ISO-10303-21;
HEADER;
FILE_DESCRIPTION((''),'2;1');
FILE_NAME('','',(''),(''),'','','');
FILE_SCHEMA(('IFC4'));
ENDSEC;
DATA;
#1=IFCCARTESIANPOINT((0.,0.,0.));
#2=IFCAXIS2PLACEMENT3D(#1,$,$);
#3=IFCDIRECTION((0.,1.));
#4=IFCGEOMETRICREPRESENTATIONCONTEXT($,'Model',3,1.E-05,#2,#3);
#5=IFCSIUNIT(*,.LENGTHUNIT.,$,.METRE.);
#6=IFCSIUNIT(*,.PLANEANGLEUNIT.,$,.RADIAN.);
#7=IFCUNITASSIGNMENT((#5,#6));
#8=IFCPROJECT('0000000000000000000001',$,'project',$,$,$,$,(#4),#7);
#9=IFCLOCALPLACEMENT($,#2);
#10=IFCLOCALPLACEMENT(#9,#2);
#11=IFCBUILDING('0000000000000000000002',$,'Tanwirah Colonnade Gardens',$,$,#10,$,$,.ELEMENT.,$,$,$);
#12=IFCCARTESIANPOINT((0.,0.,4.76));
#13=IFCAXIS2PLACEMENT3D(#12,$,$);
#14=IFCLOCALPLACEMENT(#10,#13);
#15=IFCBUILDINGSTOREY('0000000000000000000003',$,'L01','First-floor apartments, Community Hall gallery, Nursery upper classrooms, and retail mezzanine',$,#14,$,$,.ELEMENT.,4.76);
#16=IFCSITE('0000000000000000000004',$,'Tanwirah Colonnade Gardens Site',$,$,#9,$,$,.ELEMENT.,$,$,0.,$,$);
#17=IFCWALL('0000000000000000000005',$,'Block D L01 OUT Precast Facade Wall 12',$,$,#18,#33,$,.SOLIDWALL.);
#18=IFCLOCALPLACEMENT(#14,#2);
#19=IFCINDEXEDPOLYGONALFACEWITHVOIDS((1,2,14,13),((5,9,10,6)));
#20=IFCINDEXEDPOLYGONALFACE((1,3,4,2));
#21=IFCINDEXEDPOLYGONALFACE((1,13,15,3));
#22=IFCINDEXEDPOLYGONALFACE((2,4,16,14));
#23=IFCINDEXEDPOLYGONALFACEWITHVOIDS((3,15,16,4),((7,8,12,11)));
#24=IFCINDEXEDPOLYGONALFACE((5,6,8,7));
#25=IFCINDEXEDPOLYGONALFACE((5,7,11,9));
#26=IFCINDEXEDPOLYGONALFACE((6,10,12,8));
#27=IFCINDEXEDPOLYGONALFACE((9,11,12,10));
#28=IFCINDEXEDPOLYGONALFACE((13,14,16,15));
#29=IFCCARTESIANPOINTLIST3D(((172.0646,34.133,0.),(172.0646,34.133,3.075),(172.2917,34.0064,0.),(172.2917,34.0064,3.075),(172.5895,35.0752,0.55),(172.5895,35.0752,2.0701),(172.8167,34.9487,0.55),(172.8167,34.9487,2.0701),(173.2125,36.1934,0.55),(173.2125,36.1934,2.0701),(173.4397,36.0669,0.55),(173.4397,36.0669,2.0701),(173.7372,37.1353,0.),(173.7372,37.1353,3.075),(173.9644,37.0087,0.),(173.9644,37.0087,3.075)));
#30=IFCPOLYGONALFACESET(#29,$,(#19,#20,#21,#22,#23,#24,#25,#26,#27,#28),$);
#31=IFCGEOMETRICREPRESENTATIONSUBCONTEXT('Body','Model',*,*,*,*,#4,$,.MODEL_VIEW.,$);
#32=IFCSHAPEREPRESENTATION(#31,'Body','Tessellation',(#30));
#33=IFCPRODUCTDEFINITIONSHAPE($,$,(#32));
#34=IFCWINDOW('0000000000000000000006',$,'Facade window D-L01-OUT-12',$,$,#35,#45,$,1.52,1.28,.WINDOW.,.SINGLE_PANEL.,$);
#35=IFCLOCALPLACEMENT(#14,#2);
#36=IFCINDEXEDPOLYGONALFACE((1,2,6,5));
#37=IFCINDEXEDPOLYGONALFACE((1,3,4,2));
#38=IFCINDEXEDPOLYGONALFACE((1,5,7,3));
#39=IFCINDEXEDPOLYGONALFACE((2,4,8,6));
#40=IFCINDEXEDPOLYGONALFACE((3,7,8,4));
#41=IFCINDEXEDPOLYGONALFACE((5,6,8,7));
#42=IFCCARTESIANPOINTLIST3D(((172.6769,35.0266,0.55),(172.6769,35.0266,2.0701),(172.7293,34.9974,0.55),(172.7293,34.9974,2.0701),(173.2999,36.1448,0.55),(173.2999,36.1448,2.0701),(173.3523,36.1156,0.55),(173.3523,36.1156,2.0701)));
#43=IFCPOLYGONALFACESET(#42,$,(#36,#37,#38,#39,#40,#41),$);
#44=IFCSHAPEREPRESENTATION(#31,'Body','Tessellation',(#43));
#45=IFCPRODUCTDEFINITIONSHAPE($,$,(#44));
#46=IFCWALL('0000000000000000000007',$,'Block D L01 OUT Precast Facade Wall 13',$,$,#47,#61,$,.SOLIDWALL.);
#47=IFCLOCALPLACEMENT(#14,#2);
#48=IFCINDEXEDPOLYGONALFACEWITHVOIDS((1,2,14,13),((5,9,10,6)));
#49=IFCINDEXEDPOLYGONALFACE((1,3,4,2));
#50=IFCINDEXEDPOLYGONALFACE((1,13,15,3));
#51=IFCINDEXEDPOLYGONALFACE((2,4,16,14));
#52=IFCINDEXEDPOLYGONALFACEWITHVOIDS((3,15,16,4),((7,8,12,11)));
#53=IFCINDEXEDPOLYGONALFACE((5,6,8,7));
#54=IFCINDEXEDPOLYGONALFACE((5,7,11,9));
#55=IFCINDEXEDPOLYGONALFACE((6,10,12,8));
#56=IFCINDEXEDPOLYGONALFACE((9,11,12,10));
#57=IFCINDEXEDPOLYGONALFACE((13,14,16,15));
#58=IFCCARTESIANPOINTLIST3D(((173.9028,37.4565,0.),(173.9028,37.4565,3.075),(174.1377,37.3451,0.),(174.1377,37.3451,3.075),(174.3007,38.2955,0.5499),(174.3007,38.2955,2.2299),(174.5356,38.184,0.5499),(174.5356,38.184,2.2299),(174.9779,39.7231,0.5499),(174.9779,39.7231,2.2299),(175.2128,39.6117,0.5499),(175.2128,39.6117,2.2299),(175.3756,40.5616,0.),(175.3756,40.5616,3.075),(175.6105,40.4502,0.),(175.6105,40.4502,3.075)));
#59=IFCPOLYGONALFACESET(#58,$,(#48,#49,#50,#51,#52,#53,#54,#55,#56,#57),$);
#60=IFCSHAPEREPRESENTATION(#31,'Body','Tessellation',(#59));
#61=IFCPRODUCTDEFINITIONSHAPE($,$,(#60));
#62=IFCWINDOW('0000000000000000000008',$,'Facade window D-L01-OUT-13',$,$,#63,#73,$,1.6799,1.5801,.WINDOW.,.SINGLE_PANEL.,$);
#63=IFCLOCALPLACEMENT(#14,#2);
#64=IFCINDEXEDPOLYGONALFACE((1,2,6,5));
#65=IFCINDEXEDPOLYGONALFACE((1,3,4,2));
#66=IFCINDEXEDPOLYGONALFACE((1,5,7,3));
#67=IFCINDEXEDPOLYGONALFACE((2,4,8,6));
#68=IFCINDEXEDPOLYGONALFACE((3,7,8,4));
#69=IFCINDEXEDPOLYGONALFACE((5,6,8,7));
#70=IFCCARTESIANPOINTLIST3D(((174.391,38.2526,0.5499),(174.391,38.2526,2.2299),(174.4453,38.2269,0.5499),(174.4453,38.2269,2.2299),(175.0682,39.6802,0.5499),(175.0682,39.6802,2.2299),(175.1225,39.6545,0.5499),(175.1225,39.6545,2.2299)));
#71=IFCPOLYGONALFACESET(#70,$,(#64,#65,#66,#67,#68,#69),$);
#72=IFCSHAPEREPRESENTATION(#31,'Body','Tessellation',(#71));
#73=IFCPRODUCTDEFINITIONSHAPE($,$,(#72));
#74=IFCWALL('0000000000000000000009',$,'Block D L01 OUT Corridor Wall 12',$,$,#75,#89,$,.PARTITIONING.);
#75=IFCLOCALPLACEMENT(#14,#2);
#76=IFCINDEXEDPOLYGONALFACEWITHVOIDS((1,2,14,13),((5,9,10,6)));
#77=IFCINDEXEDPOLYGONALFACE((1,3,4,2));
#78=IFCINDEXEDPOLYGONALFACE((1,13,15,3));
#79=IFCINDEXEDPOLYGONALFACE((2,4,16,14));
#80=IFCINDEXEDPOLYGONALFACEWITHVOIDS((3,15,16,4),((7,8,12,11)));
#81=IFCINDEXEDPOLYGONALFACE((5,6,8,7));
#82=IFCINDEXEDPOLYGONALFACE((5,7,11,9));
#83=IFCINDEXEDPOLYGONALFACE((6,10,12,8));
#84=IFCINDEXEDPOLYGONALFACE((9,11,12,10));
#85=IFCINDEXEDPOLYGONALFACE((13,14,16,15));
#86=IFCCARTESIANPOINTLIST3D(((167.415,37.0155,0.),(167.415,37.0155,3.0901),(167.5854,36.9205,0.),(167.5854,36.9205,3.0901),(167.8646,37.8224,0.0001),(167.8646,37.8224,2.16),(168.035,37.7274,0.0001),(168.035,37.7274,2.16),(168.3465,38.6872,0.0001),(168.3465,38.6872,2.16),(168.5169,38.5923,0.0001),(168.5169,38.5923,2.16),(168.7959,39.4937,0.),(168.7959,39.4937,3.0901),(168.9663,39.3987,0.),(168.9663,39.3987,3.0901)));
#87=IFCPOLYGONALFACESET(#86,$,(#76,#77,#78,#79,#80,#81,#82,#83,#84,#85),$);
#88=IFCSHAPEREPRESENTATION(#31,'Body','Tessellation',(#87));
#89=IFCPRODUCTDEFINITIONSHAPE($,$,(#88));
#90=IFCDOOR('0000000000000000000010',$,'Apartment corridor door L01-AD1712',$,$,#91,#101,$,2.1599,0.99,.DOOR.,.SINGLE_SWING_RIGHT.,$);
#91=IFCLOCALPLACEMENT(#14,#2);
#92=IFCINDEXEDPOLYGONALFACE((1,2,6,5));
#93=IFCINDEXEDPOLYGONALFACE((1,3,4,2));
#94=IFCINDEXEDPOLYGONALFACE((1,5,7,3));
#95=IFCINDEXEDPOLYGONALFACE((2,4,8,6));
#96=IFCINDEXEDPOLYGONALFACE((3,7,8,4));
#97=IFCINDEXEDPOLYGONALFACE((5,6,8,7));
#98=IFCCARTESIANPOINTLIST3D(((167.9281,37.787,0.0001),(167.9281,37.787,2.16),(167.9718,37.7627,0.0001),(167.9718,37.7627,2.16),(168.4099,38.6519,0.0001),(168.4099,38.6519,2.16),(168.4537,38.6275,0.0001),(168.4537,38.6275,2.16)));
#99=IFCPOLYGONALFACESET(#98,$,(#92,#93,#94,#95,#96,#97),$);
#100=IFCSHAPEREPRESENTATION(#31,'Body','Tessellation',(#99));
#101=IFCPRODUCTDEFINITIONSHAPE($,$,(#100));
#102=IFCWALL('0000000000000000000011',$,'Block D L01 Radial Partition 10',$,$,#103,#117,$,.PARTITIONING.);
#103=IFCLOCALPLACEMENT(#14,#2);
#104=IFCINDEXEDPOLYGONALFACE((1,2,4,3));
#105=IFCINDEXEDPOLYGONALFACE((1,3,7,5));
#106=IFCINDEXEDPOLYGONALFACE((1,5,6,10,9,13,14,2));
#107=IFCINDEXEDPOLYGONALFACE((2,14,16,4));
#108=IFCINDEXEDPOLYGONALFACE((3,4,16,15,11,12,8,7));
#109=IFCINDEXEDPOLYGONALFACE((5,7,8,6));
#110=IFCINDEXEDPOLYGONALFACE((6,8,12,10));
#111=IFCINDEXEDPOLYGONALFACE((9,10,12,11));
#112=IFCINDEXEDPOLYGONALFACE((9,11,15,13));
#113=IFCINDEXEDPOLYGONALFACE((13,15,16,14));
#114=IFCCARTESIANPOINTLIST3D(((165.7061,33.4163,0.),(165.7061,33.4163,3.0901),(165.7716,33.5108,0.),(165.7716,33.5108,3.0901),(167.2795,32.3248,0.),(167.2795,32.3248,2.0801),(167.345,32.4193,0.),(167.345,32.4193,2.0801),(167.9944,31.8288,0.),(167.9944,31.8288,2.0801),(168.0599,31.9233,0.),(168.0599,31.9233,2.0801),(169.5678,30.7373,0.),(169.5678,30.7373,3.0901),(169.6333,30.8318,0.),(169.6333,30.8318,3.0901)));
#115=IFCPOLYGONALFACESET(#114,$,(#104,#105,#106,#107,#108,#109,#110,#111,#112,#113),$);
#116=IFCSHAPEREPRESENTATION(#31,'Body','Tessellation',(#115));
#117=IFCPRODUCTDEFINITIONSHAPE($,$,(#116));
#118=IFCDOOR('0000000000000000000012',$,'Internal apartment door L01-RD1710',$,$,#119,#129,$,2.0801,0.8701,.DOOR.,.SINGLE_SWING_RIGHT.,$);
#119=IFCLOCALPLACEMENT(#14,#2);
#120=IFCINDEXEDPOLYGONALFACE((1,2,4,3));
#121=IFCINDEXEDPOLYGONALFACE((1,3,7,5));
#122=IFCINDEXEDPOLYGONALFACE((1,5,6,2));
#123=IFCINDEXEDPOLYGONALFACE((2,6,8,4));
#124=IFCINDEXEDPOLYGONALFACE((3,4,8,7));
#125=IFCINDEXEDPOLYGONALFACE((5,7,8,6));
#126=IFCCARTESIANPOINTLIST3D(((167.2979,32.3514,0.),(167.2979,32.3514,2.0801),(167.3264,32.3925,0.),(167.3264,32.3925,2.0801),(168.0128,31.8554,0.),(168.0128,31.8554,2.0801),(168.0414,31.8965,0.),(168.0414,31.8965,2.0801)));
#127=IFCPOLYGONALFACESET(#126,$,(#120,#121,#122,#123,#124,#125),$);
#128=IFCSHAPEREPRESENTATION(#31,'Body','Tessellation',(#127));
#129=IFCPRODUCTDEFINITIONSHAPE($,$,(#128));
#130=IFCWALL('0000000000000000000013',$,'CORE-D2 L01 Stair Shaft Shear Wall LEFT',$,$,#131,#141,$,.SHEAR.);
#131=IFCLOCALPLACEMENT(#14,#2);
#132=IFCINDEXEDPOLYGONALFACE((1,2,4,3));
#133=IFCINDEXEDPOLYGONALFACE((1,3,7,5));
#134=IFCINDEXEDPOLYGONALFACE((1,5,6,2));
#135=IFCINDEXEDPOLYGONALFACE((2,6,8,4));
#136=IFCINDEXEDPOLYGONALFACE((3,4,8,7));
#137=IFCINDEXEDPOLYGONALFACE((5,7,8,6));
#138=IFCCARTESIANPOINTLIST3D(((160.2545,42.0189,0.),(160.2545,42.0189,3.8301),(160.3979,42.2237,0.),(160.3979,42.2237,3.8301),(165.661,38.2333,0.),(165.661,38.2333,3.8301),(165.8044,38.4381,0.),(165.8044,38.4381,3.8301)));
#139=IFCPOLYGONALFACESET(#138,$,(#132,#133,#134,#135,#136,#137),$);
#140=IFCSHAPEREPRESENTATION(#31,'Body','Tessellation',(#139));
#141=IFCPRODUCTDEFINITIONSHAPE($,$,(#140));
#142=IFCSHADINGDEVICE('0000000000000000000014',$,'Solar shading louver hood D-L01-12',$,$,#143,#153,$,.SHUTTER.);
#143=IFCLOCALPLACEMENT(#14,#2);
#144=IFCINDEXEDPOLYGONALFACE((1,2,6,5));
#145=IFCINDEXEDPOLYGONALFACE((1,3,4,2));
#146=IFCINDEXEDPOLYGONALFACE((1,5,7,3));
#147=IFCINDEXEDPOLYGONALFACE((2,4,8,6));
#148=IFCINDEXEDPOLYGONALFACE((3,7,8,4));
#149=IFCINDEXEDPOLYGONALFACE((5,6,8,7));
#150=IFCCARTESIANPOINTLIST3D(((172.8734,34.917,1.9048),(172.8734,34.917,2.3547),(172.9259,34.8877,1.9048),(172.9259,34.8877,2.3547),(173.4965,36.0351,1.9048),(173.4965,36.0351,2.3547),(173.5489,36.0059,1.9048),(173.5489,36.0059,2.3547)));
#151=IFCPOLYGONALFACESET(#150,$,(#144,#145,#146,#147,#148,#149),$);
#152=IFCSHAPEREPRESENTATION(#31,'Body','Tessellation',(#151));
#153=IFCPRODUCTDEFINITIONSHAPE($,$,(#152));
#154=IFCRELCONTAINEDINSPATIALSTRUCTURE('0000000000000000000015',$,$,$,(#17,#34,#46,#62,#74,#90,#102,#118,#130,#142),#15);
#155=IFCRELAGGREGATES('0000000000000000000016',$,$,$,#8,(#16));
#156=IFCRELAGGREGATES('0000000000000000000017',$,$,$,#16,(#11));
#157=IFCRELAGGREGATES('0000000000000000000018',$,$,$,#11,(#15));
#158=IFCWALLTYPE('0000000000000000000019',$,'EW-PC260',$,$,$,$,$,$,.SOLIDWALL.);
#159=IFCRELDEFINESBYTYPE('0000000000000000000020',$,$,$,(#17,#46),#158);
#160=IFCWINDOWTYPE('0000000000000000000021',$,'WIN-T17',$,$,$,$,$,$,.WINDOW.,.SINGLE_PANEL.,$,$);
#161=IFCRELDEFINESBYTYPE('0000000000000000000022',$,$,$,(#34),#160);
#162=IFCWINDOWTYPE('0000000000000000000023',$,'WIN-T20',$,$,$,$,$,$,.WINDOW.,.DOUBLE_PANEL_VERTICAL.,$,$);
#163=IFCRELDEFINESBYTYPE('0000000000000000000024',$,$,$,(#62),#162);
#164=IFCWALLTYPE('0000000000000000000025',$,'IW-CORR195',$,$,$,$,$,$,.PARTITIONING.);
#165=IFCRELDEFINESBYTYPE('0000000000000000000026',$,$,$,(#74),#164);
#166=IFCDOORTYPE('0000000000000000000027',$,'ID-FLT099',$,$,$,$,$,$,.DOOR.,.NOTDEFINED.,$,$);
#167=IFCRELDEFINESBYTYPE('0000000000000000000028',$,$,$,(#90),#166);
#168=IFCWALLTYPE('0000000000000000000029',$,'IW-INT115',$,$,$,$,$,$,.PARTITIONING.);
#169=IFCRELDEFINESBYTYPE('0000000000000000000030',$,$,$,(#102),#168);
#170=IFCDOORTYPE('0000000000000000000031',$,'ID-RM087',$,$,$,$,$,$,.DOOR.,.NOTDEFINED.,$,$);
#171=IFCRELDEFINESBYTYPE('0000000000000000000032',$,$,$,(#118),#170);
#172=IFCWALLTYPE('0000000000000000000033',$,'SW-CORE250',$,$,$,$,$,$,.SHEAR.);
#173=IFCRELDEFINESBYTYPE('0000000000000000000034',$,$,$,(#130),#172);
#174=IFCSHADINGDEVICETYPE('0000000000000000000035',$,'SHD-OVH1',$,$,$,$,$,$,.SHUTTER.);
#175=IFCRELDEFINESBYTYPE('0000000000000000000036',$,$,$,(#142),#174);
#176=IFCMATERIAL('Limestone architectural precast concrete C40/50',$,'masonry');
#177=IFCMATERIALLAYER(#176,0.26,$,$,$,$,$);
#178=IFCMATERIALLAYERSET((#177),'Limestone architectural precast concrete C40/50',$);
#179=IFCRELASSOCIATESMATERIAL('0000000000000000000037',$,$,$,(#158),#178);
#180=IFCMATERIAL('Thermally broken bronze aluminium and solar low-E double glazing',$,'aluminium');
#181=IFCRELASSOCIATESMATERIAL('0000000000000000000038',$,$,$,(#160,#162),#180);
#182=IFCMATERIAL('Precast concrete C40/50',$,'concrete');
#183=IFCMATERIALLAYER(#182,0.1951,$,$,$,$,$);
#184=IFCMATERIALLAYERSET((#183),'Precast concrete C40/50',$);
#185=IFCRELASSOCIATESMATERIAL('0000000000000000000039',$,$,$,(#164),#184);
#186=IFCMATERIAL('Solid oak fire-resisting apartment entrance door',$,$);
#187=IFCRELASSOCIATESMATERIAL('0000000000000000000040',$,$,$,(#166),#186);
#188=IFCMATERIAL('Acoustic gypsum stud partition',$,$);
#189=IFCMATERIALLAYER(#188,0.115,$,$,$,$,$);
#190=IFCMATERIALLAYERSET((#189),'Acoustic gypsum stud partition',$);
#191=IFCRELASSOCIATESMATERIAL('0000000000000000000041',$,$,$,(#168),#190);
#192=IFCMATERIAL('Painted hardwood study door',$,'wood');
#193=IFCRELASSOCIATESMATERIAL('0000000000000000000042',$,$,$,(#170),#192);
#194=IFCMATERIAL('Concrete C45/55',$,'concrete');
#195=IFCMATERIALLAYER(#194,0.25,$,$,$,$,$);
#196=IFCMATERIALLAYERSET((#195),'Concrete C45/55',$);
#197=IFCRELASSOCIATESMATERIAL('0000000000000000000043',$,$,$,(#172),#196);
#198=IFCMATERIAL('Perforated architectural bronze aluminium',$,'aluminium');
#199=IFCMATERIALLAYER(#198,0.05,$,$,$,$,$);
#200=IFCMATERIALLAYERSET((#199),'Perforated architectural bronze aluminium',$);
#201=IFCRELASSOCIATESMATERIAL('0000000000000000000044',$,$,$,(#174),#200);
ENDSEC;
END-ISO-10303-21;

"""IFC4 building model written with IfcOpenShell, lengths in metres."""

from ifc_helpers import new_model, si_unit, direction, frame, frame_2d, origin, origin_2d, place, context, subcontext, project, spatial, rectangle, extrude, material, layer, layer_set, type_object, element, fill, save


model = new_model("IFC4")

# Units and contexts
model_context = context("Model", 3, precision=1e-05, world=origin(), true_north=direction((0.0, 1.0)))
body_context = subcontext(model_context, "Body", "Model", "MODEL_VIEW")
ifc_project = project(units=[si_unit("LENGTHUNIT", "METRE"), si_unit("PLANEANGLEUNIT", "RADIAN")], contexts=[model_context])

# Site, building, storey
site_placement = place(None, origin())
site = spatial("IfcSite", under=ifc_project, at=site_placement, Name="Tanwirah Colonnade Gardens Site", CompositionType="ELEMENT", RefElevation=0.0)
building_placement = place(site_placement, origin())
building = spatial("IfcBuilding", under=site, at=building_placement, Name="Tanwirah Colonnade Gardens", CompositionType="ELEMENT")
storey_placement = place(building_placement, frame((0.0, 0.0, 4.76)))
storey = spatial("IfcBuildingStorey", under=building, at=storey_placement, Name="L01", Description="First-floor apartments, Community Hall gallery, Nursery upper classrooms, and retail mezzanine", CompositionType="ELEMENT", Elevation=4.76)

# Shared definitions
ifc_material_1 = material(Name="Precast concrete C40/50", Category="concrete")

# Walls, openings, windows
ifc_material_2 = material(Name="Limestone architectural precast concrete C40/50", Category="masonry")
ifc_layer_1 = layer(ifc_material_2, 0.26)
ifc_layer_set_1 = layer_set([ifc_layer_1], Name="Limestone architectural precast concrete C40/50")
wall_type_1 = type_object("IfcWallType", Name="EW-PC260", PredefinedType="SOLIDWALL", material=ifc_layer_set_1)
ifc_material_3 = material(Name="Thermally broken bronze aluminium and solar low-E double glazing", Category="aluminium")
wall_1_placement = place(storey_placement, frame((172.1782, 34.0698, 0.0), z_axis=(0.0, 0.0, 1.0), x_axis=(0.486692, 0.873574, 0.0)))
wall_1 = element("IfcWall", 1, at=wall_1_placement, inside=storey, type_object=wall_type_1, Name="Block D L01 OUT Precast Facade Wall 12", PredefinedType="SOLIDWALL", context=body_context, shape_type="SweptSolid", body=[
    extrude(rectangle(XDim=3.4368, YDim=0.26, at=frame_2d((1.7183, 0.0))), origin(), (0.0, 0.0, 1.0), 3.075),
])
opening_1_placement = place(wall_1_placement, frame((1.0784, 0.0, 0.55)))
opening_1 = element("IfcOpeningElement", 2, at=opening_1_placement, cuts=wall_1, PredefinedType="OPENING", context=body_context, shape_type="SweptSolid", body=[
    extrude(rectangle(XDim=1.28, YDim=1.52, at=frame_2d((0.6401, 0.76))), frame((0.0, 0.1399, 0.0), z_axis=(0.0, -1.0, 0.0), x_axis=(1.0, 0.0, 0.0)), (0.0, 0.0, 1.0), 0.28),
])
window_type_1 = type_object("IfcWindowType", Name="WIN-T17", PartitioningType="SINGLE_PANEL", PredefinedType="WINDOW", material=ifc_material_3)
window_1_placement = place(opening_1_placement, origin())
window_1 = element("IfcWindow", 3, at=window_1_placement, inside=storey, type_object=window_type_1, Name="Facade window D-L01-OUT-12", OverallHeight=1.52, OverallWidth=1.28, PartitioningType="SINGLE_PANEL", PredefinedType="WINDOW", context=body_context, shape_type="SweptSolid", body=[
    extrude(rectangle(XDim=1.28, YDim=1.52, at=frame_2d((0.6401, 0.76))), frame((0.0, 0.03, 0.0), z_axis=(0.0, -1.0, 0.0), x_axis=(1.0, 0.0, 0.0)), (0.0, 0.0, 1.0), 0.0601),
])
fill(opening_1, window_1)
wall_2_placement = place(storey_placement, frame((174.0203, 37.4009, 0.0), z_axis=(0.0, 0.0, 1.0), x_axis=(0.428563, 0.903512, 0.0)))
wall_2 = element("IfcWall", 4, at=wall_2_placement, inside=storey, type_object=wall_type_1, Name="Block D L01 OUT Precast Facade Wall 13", PredefinedType="SOLIDWALL", context=body_context, shape_type="SweptSolid", body=[
    extrude(rectangle(XDim=3.4368, YDim=0.26, at=frame_2d((1.7183, 0.0))), origin(), (0.0, 0.0, 1.0), 3.075),
])
opening_2_placement = place(wall_2_placement, frame((0.9285, 0.0, 0.55)))
opening_2 = element("IfcOpeningElement", 5, at=opening_2_placement, cuts=wall_2, PredefinedType="OPENING", context=body_context, shape_type="SweptSolid", body=[
    extrude(rectangle(XDim=1.5801, YDim=1.6799, at=frame_2d((0.79, 0.8398))), frame((0.0, 0.1399, 0.0), z_axis=(0.0, -1.0, 0.0), x_axis=(1.0, 0.0, 0.0)), (0.0, 0.0, 1.0), 0.28),
])
window_type_2 = type_object("IfcWindowType", Name="WIN-T20", PartitioningType="DOUBLE_PANEL_VERTICAL", PredefinedType="WINDOW", material=ifc_material_3)
window_2_placement = place(opening_2_placement, origin())
window_2 = element("IfcWindow", 6, at=window_2_placement, inside=storey, type_object=window_type_2, Name="Facade window D-L01-OUT-13", OverallHeight=1.6799, OverallWidth=1.5801, PartitioningType="SINGLE_PANEL", PredefinedType="WINDOW", context=body_context, shape_type="SweptSolid", body=[
    extrude(rectangle(XDim=1.5801, YDim=1.6799, at=frame_2d((0.79, 0.8398))), frame((0.0, 0.03, 0.0), z_axis=(0.0, -1.0, 0.0), x_axis=(1.0, 0.0, 0.0)), (0.0, 0.0, 1.0), 0.0601),
])
fill(opening_2, window_2)

# Walls, openings, doors
ifc_layer_2 = layer(ifc_material_1, 0.1951)
ifc_layer_set_2 = layer_set([ifc_layer_2], Name="Precast concrete C40/50")
wall_type_2 = type_object("IfcWallType", Name="IW-CORR195", PredefinedType="PARTITIONING", material=ifc_layer_set_2)
wall_3_placement = place(storey_placement, frame((167.5002, 36.968, 0.0), z_axis=(0.0, 0.0, 1.0), x_axis=(0.486731, 0.873552, 0.0)))
wall_3 = element("IfcWall", 7, at=wall_3_placement, inside=storey, type_object=wall_type_2, Name="Block D L01 OUT Corridor Wall 12", PredefinedType="PARTITIONING", context=body_context, shape_type="SweptSolid", body=[
    extrude(rectangle(XDim=2.8369, YDim=0.1951, at=frame_2d((1.4185, 0.0))), origin(), (0.0, 0.0, 1.0), 3.0901),
])
opening_3_placement = place(wall_3_placement, frame((0.9236, 0.0, 0.0)))
opening_3 = element("IfcOpeningElement", 8, at=opening_3_placement, cuts=wall_3, PredefinedType="OPENING", context=body_context, shape_type="SweptSolid", body=[
    extrude(rectangle(XDim=0.99, YDim=2.1599, at=frame_2d((0.4951, 1.0801))), frame((0.0, 0.1074, 0.0), z_axis=(0.0, -1.0, 0.0), x_axis=(1.0, 0.0, 0.0)), (0.0, 0.0, 1.0), 0.2151),
])
ifc_material_4 = material(Name="Solid oak fire-resisting apartment entrance door")
door_type_1 = type_object("IfcDoorType", Name="ID-FLT099", OperationType="NOTDEFINED", PredefinedType="DOOR", material=ifc_material_4)
door_1_placement = place(opening_3_placement, origin())
door_1 = element("IfcDoor", 9, at=door_1_placement, inside=storey, type_object=door_type_1, Name="Apartment corridor door L01-AD1712", OperationType="SINGLE_SWING_RIGHT", OverallHeight=2.1599, OverallWidth=0.99, PredefinedType="DOOR", context=body_context, shape_type="SweptSolid", body=[
    extrude(rectangle(XDim=0.99, YDim=2.1599, at=frame_2d((0.4951, 1.0801))), frame((0.0, 0.0249, 0.0), z_axis=(0.0, -1.0, 0.0), x_axis=(1.0, 0.0, 0.0)), (0.0, 0.0, 1.0), 0.05),
])
fill(opening_3, door_1)
ifc_material_5 = material(Name="Acoustic gypsum stud partition")
ifc_layer_3 = layer(ifc_material_5, 0.115)
ifc_layer_set_3 = layer_set([ifc_layer_3], Name="Acoustic gypsum stud partition")
wall_type_3 = type_object("IfcWallType", Name="IW-INT115", PredefinedType="PARTITIONING", material=ifc_layer_set_3)
wall_4_placement = place(storey_placement, frame((165.7388, 33.4636, 0.0), z_axis=(0.0, 0.0, 1.0), x_axis=(0.821638, -0.570009, 0.0)))
wall_4 = element("IfcWall", 10, at=wall_4_placement, inside=storey, type_object=wall_type_3, Name="Block D L01 Radial Partition 10", PredefinedType="PARTITIONING", context=body_context, shape_type="SweptSolid", body=[
    extrude(rectangle(XDim=4.7, YDim=0.115, at=frame_2d((2.3501, 0.0))), origin(), (0.0, 0.0, 1.0), 3.0901),
])
opening_4_placement = place(wall_4_placement, frame((1.915, 0.0, 0.0)))
opening_4 = element("IfcOpeningElement", 11, at=opening_4_placement, cuts=wall_4, PredefinedType="OPENING", context=body_context, shape_type="SweptSolid", body=[
    extrude(rectangle(XDim=0.8701, YDim=2.0801, at=frame_2d((0.4351, 1.04))), frame((0.0, 0.0674, 0.0), z_axis=(0.0, -1.0, 0.0), x_axis=(1.0, 0.0, 0.0)), (0.0, 0.0, 1.0), 0.135),
])
ifc_material_6 = material(Name="Painted hardwood study door", Category="wood")
door_type_2 = type_object("IfcDoorType", Name="ID-RM087", OperationType="NOTDEFINED", PredefinedType="DOOR", material=ifc_material_6)
door_2_placement = place(opening_4_placement, origin())
door_2 = element("IfcDoor", 12, at=door_2_placement, inside=storey, type_object=door_type_2, Name="Internal apartment door L01-RD1710", OperationType="SINGLE_SWING_RIGHT", OverallHeight=2.0801, OverallWidth=0.8701, PredefinedType="DOOR", context=body_context, shape_type="SweptSolid", body=[
    extrude(rectangle(XDim=0.8701, YDim=2.0801, at=frame_2d((0.4351, 1.04))), frame((0.0, 0.0249, 0.0), z_axis=(0.0, -1.0, 0.0), x_axis=(1.0, 0.0, 0.0)), (0.0, 0.0, 1.0), 0.05),
])
fill(opening_4, door_2)

# Wall
ifc_material_7 = material(Name="Concrete C45/55", Category="concrete")
ifc_layer_4 = layer(ifc_material_7, 0.25)
ifc_layer_set_4 = layer_set([ifc_layer_4], Name="Concrete C45/55")
wall_type_4 = type_object("IfcWallType", Name="SW-CORE250", PredefinedType="SHEAR", material=ifc_layer_set_4)
wall_5_placement = place(storey_placement, frame((165.7327, 38.3357, 0.0), z_axis=(0.0, 0.0, 1.0), x_axis=(-0.819154, 0.573574, 0.0)))
element("IfcWall", 13, at=wall_5_placement, inside=storey, type_object=wall_type_4, Name="CORE-D2 L01 Stair Shaft Shear Wall LEFT", PredefinedType="SHEAR", context=body_context, shape_type="SweptSolid", body=[
    extrude(rectangle(XDim=6.6001, YDim=0.25, at=frame_2d((3.3, 0.0))), origin(), (0.0, 0.0, 1.0), 3.8301),
])

# Shading device
ifc_material_8 = material(Name="Perforated architectural bronze aluminium", Category="aluminium")
ifc_layer_5 = layer(ifc_material_8, 0.05)
ifc_layer_set_5 = layer_set([ifc_layer_5], Name="Perforated architectural bronze aluminium")
shading_device_type = type_object("IfcShadingDeviceType", Name="SHD-OVH1", PredefinedType="SHUTTER", material=ifc_layer_set_5)
shading_device_placement = place(storey_placement, frame((173.2112, 35.4614, 1.9048), z_axis=(0.0, 0.0, 1.0), x_axis=(0.486717, 0.87356, 0.0)))
element("IfcShadingDevice", 14, at=shading_device_placement, inside=storey, type_object=shading_device_type, Name="Solar shading louver hood D-L01-12", PredefinedType="SHUTTER", context=body_context, shape_type="SweptSolid", body=[
    extrude(rectangle(XDim=1.28, YDim=0.0601, at=origin_2d()), origin(), (0.0, 0.0, 1.0), 0.45),
])

save(model, "model.ifc")
